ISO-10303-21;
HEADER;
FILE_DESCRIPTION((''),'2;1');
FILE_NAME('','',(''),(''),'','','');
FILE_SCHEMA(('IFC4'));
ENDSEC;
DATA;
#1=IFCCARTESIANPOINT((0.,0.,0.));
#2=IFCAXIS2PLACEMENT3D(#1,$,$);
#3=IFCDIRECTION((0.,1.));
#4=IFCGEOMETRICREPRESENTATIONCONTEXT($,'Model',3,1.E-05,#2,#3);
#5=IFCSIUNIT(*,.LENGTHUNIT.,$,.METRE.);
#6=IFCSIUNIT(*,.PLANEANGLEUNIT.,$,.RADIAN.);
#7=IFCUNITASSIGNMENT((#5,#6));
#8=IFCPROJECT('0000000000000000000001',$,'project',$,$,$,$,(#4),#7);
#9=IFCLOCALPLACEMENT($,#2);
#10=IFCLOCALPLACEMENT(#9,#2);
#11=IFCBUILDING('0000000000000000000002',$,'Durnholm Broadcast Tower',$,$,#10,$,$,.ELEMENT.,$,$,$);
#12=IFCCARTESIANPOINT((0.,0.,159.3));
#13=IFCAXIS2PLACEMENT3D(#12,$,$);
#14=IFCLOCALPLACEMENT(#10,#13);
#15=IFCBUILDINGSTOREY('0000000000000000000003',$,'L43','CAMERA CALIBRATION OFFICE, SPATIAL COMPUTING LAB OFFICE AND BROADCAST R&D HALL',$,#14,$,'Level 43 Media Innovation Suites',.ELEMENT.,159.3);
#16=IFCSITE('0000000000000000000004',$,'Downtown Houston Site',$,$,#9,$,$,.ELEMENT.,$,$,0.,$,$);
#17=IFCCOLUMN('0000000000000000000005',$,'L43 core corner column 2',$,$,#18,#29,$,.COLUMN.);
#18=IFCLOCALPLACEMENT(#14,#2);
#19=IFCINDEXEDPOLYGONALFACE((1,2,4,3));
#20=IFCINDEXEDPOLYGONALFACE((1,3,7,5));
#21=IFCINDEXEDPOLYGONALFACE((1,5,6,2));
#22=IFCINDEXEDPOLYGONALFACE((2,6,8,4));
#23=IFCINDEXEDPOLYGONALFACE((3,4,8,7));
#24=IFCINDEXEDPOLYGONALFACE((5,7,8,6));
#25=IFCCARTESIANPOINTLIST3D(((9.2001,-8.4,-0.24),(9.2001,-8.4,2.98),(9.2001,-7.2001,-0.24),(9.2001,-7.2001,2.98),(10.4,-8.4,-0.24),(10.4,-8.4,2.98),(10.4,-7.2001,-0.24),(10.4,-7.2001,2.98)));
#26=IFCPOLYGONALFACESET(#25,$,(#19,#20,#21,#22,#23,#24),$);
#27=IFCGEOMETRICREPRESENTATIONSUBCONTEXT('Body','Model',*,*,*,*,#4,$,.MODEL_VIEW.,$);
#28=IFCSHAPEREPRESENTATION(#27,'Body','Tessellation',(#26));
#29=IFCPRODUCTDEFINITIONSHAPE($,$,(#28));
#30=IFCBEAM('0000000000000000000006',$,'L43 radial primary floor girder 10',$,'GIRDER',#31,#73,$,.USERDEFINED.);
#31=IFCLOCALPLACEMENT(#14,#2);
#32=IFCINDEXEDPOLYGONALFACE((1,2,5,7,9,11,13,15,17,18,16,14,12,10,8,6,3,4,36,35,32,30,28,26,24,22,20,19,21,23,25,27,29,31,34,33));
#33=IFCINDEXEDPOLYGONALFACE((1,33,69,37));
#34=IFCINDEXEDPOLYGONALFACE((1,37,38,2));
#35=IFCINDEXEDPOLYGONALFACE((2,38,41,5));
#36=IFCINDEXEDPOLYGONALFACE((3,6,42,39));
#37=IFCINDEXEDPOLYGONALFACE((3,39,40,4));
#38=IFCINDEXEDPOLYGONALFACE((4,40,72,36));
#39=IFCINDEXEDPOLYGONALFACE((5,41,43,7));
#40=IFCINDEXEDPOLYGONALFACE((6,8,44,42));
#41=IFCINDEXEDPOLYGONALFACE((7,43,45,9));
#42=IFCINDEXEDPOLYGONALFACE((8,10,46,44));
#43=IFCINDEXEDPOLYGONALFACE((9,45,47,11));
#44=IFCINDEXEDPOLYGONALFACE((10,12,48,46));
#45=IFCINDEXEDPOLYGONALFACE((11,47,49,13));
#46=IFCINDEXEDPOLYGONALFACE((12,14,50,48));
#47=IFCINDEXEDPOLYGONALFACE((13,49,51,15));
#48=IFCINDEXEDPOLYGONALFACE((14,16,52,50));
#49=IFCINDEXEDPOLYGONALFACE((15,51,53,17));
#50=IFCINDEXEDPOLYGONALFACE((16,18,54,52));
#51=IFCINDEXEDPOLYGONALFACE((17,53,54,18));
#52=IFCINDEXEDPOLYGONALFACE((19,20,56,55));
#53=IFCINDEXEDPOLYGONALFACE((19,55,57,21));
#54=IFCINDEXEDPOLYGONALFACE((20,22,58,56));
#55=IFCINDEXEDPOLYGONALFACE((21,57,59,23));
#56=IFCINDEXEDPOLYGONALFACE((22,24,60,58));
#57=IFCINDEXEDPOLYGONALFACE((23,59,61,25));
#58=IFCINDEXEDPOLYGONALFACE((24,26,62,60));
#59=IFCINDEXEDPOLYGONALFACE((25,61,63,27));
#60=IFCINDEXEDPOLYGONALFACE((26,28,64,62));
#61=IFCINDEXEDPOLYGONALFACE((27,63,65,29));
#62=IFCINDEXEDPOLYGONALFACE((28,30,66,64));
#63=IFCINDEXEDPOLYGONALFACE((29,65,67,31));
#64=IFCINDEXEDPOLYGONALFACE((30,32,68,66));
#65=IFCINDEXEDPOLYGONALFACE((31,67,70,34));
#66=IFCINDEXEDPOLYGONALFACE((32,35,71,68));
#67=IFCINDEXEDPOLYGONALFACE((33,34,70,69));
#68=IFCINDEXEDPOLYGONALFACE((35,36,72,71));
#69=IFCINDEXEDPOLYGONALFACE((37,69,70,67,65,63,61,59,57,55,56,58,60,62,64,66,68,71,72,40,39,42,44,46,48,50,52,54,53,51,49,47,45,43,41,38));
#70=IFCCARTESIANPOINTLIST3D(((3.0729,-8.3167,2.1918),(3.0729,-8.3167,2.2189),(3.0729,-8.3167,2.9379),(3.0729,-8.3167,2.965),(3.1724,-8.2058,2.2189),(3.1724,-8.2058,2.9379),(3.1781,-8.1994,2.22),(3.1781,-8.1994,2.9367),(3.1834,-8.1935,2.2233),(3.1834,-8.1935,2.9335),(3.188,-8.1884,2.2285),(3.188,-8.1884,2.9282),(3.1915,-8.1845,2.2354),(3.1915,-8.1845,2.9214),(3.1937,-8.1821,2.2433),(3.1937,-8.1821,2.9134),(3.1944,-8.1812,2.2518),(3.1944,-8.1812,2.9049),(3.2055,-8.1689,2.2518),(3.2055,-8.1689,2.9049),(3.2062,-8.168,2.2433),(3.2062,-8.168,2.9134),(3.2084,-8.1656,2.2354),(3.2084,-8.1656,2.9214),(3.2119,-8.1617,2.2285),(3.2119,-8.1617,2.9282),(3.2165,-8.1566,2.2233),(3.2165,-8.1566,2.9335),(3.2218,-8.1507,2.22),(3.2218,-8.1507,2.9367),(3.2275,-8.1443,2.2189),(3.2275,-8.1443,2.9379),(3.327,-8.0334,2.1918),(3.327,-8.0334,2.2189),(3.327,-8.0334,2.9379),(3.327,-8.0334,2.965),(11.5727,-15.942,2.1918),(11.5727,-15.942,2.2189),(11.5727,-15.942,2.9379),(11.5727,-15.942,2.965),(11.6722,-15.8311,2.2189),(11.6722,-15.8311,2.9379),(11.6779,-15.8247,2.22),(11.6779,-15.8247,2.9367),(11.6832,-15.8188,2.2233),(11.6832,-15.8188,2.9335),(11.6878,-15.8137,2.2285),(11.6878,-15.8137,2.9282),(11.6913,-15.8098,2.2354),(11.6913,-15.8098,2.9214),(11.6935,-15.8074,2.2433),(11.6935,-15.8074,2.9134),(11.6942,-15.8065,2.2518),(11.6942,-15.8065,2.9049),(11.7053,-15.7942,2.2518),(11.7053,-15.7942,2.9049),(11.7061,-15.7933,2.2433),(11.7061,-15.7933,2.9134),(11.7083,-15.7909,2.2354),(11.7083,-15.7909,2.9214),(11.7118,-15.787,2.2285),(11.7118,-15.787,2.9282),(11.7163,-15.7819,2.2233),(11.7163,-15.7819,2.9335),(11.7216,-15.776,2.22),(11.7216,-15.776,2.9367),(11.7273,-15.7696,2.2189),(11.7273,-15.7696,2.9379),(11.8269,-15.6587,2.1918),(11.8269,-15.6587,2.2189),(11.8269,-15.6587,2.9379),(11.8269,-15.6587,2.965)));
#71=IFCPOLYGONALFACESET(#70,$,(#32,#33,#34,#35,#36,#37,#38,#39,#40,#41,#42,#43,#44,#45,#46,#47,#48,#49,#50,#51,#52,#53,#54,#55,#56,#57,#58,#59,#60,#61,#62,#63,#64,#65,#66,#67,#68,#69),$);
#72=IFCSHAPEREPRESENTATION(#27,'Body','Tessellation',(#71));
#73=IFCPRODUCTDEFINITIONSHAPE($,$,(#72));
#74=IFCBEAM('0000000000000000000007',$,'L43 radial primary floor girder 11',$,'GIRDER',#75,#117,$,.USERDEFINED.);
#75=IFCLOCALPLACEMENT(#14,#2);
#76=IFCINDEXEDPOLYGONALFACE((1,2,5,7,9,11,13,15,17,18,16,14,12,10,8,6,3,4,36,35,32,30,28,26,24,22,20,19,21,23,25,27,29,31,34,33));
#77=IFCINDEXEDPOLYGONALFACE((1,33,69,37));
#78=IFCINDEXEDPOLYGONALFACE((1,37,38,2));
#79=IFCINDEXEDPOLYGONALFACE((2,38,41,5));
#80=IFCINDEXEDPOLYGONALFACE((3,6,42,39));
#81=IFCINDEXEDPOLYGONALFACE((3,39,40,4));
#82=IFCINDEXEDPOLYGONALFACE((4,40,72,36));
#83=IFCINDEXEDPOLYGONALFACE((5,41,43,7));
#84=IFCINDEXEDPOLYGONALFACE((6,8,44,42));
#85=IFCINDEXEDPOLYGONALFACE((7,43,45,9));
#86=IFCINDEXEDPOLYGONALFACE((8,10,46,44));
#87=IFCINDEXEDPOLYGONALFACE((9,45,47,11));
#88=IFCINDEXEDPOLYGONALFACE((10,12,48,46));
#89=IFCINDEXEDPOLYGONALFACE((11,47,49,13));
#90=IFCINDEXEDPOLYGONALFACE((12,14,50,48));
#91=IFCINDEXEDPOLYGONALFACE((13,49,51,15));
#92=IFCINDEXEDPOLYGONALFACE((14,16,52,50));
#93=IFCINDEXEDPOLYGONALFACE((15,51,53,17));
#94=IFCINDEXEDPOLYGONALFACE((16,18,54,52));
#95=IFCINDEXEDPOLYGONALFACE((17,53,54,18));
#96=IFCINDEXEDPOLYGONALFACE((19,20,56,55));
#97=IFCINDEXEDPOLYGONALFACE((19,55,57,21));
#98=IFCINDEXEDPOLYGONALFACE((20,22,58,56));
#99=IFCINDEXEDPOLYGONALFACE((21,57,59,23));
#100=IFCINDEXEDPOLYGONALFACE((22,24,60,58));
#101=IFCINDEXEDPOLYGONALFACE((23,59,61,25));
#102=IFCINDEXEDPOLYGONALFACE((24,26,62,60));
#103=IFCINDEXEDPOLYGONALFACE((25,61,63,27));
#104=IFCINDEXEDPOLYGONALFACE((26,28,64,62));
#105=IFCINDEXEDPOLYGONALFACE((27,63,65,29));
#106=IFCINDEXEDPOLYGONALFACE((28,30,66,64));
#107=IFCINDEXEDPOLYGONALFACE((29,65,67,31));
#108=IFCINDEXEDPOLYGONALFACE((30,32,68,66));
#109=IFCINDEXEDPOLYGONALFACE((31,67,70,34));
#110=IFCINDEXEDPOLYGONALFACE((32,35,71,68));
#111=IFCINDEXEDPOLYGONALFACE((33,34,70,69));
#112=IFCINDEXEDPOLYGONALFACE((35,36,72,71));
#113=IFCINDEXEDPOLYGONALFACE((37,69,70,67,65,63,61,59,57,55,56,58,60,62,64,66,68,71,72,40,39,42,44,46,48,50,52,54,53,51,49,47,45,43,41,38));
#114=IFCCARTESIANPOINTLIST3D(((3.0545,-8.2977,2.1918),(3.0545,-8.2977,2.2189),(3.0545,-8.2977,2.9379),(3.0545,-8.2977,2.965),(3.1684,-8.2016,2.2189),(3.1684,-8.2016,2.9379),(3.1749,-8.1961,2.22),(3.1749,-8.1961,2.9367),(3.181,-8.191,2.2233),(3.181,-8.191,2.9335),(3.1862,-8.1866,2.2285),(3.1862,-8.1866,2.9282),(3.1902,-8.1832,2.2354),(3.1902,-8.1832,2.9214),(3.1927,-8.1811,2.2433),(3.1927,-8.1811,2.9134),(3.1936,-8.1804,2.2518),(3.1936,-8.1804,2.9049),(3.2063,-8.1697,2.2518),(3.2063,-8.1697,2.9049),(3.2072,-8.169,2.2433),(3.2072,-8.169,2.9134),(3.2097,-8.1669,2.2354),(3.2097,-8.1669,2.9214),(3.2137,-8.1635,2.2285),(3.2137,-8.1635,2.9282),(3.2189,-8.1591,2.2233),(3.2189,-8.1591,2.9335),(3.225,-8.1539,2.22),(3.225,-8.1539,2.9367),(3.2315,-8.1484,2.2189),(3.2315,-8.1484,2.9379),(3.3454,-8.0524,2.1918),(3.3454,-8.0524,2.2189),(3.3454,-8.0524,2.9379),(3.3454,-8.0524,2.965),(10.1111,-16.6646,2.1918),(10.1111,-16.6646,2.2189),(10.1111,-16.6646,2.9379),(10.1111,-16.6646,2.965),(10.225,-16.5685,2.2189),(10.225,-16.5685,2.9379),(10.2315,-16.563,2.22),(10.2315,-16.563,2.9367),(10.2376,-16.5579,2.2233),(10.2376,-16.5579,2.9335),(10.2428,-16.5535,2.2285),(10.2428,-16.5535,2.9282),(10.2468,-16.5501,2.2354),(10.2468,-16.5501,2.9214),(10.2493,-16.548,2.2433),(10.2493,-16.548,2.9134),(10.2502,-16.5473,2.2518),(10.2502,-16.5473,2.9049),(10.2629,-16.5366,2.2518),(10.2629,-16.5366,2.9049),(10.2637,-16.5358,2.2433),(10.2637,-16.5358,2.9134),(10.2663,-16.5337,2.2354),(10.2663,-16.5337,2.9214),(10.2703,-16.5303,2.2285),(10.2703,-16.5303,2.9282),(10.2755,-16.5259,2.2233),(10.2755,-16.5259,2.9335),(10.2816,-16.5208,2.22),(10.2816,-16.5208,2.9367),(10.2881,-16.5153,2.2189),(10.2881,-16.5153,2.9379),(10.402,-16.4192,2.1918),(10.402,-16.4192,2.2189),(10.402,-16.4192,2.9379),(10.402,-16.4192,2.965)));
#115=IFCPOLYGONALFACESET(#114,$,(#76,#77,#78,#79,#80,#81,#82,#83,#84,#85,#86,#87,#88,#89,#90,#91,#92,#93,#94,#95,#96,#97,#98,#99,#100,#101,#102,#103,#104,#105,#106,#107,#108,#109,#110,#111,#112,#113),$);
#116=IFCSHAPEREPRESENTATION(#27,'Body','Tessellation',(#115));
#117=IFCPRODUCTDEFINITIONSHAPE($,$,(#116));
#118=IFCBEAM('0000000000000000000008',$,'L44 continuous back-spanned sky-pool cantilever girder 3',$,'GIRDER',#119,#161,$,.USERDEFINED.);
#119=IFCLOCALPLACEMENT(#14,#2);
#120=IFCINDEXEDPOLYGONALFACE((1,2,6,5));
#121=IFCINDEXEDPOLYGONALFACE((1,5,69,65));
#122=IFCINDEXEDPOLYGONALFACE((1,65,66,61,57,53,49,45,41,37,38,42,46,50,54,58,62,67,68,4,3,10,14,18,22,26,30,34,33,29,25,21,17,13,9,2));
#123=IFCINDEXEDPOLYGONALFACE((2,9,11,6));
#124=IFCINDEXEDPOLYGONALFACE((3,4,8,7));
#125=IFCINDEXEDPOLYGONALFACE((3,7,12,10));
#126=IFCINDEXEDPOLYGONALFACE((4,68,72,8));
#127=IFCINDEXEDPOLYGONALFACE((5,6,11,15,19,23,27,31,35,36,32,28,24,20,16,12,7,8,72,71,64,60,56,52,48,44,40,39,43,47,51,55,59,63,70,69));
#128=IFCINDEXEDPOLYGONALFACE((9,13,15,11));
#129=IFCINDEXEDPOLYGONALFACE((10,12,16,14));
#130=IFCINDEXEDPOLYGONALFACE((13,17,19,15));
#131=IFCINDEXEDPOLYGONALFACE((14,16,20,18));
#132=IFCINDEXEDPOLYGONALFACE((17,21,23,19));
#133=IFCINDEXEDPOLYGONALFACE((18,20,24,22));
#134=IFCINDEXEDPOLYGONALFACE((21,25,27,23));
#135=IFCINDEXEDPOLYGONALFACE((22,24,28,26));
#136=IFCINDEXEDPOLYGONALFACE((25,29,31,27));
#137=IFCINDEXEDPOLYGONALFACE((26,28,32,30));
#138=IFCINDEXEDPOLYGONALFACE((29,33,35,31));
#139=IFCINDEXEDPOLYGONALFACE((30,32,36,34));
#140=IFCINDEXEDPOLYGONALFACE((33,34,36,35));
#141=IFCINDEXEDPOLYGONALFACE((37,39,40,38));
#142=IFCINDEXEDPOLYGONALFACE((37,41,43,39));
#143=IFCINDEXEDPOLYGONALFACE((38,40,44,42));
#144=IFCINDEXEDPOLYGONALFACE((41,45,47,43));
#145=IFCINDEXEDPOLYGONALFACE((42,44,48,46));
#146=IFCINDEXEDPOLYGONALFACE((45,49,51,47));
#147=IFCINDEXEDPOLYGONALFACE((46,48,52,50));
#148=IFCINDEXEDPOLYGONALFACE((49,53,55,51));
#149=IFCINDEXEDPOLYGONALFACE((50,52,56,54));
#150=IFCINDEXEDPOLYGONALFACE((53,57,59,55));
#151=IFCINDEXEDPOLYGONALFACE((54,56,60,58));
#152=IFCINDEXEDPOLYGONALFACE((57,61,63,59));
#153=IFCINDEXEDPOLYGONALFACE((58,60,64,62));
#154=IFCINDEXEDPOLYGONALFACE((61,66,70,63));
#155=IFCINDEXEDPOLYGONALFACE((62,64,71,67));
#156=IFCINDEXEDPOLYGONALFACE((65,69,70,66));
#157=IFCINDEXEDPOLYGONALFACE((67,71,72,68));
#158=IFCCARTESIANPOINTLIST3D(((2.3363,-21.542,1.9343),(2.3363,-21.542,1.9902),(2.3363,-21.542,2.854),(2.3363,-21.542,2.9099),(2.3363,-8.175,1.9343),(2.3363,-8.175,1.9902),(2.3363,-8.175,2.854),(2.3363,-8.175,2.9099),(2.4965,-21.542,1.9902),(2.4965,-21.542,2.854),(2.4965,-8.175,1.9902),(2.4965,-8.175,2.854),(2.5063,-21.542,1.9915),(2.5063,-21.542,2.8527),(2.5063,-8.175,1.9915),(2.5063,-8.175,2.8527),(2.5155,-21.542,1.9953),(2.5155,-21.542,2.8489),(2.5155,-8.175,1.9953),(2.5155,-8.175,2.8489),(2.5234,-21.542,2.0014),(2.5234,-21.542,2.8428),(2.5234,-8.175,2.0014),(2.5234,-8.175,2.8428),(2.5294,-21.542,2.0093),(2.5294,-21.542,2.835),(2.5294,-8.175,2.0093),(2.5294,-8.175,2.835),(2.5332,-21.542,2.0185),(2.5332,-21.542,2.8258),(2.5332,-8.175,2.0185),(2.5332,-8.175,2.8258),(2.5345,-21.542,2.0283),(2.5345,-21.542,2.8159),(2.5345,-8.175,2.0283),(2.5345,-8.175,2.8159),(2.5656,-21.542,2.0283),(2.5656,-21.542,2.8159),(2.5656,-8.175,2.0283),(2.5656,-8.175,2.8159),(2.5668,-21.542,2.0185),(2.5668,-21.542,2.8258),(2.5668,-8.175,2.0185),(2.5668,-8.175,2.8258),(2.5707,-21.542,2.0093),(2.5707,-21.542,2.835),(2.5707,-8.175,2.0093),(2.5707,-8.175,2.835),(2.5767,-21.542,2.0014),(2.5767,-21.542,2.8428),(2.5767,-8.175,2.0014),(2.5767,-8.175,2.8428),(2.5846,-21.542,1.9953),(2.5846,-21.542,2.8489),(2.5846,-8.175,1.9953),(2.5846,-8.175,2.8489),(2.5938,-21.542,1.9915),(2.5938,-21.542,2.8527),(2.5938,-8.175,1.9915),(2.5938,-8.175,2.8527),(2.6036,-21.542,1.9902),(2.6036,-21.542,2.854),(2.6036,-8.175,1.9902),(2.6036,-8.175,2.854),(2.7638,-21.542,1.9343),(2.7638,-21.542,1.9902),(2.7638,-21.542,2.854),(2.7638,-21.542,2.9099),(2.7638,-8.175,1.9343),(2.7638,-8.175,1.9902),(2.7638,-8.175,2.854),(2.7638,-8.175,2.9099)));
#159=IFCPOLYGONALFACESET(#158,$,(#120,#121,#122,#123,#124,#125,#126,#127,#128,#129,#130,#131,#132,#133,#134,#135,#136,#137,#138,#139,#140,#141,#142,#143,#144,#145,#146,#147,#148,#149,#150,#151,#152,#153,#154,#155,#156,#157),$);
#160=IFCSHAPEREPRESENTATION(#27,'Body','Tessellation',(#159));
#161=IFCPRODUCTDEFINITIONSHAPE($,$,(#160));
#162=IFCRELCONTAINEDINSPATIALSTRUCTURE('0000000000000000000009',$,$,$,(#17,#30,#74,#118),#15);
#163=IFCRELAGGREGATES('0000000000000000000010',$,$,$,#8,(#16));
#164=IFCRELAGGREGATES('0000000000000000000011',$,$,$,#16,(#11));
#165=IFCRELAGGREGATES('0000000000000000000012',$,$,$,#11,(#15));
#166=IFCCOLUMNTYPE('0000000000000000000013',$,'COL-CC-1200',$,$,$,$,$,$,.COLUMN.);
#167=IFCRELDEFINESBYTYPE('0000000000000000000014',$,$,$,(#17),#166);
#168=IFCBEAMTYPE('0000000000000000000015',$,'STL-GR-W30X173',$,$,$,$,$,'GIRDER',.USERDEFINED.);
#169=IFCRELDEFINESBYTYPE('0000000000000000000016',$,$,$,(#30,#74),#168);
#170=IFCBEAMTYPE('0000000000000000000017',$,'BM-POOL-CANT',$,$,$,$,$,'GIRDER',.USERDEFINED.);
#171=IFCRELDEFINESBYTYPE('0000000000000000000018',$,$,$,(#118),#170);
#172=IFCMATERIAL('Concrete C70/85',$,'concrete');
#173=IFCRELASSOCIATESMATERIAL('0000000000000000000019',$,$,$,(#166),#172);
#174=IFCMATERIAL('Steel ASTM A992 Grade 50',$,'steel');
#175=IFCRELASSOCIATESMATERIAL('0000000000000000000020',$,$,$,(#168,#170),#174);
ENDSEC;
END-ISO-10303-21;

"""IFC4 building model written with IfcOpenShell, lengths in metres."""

from ifc_helpers import new_model, si_unit, direction, frame, origin, origin_2d, place, context, subcontext, project, spatial, rectangle, i_section, extrude, source, transform, mapped, material, material_profile, profile_set, type_object, type_shapes, element, save


model = new_model("IFC4")

# Units and contexts
model_context = context("Model", 3, precision=1e-05, world=origin(), true_north=direction((0.0, 1.0)))
body_context = subcontext(model_context, "Body", "Model", "MODEL_VIEW")
ifc_project = project(units=[si_unit("LENGTHUNIT", "METRE"), si_unit("PLANEANGLEUNIT", "RADIAN")], contexts=[model_context])

# Site, building, storey
site_placement = place(None, origin())
site = spatial("IfcSite", under=ifc_project, at=site_placement, Name="Downtown Houston Site", CompositionType="ELEMENT", RefElevation=0.0)
building_placement = place(site_placement, origin())
building = spatial("IfcBuilding", under=site, at=building_placement, Name="Durnholm Broadcast Tower", CompositionType="ELEMENT")
storey_placement = place(building_placement, frame((0.0, 0.0, 159.3)))
storey = spatial("IfcBuildingStorey", under=building, at=storey_placement, Name="L43", Description="CAMERA CALIBRATION OFFICE, SPATIAL COMPUTING LAB OFFICE AND BROADCAST R&D HALL", LongName="Level 43 Media Innovation Suites", CompositionType="ELEMENT", Elevation=159.3)

# Column
ifc_material_1 = material(Name="Concrete C70/85", Category="concrete")
ifc_material_profile_1 = material_profile(ifc_material_1, rectangle(XDim=1.2, YDim=1.2, at=origin_2d()), Name="RC1200X1200")
ifc_profile_set_1 = profile_set([ifc_material_profile_1], Name="Concrete C70/85")
column_type = type_object("IfcColumnType", Name="COL-CC-1200", PredefinedType="COLUMN", material=ifc_profile_set_1)
shared_shape_1 = source(origin(), body_context, "Body", "SweptSolid", [
    extrude(rectangle(XDim=1.2, YDim=1.2, at=origin_2d()), origin(), (0.0, 0.0, 1.0), 3.22),
])
type_shapes(column_type, [shared_shape_1])
column_placement = place(storey_placement, frame((9.8, -7.8, -0.24), z_axis=(0.0, 0.0, 1.0), x_axis=(1.0, 0.0, 0.0)))
element("IfcColumn", 1, at=column_placement, inside=storey, type_object=column_type, Name="L43 core corner column 2", PredefinedType="COLUMN", context=body_context, shape_type="MappedRepresentation", body=[
    mapped(shared_shape_1, transform((0.0, 0.0, 0.0), x_axis=(1.0, 0.0, 0.0), y_axis=(0.0, 1.0, 0.0), z_axis=(0.0, 0.0, 1.0), scale=1.0)),
])

# Beams
ifc_material_2 = material(Name="Steel ASTM A992 Grade 50", Category="steel")
ifc_material_profile_2 = material_profile(ifc_material_2, i_section(OverallWidth=0.3806, OverallDepth=0.7732, WebThickness=0.0166, FlangeThickness=0.0271, FilletRadius=0.033, at=origin_2d()), Name="W30X173")
ifc_profile_set_2 = profile_set([ifc_material_profile_2], Name="Steel ASTM A992 Grade 50")
beam_type_1 = type_object("IfcBeamType", Name="STL-GR-W30X173", ElementType="GIRDER", PredefinedType="USERDEFINED", material=ifc_profile_set_2)
shared_shape_2 = source(origin(), body_context, "Body", "SweptSolid", [
    extrude(i_section(OverallWidth=0.3806, OverallDepth=0.7732, WebThickness=0.0166, FlangeThickness=0.0271, FilletRadius=0.033, at=origin_2d()), origin(), (0.0, 0.0, 1.0), 11.4189),
])
beam_1_placement = place(storey_placement, frame((3.2, -8.175, 2.5784), z_axis=(0.744362, -0.667777, 0.0), x_axis=(0.667777, 0.744362, 0.0)))
element("IfcBeam", 2, at=beam_1_placement, inside=storey, type_object=beam_type_1, Name="L43 radial primary floor girder 10", ObjectType="GIRDER", PredefinedType="USERDEFINED", context=body_context, shape_type="MappedRepresentation", body=[
    mapped(shared_shape_2, transform((0.0, 0.0, 0.0), x_axis=(1.0, 0.0, 0.0), y_axis=(0.0, 1.0, 0.0), z_axis=(0.0, 0.0, 1.0), scale=1.0)),
])
shared_shape_3 = source(origin(), body_context, "Body", "SweptSolid", [
    extrude(i_section(OverallWidth=0.3806, OverallDepth=0.7732, WebThickness=0.0166, FlangeThickness=0.0271, FilletRadius=0.033, at=origin_2d()), origin(), (0.0, 0.0, 1.0), 10.9453),
])
type_shapes(beam_type_1, [shared_shape_2, shared_shape_3])
beam_2_placement = place(storey_placement, frame((3.2, -8.175, 2.5784), z_axis=(0.644713, -0.764425, 0.0), x_axis=(0.764425, 0.644713, 0.0)))
element("IfcBeam", 3, at=beam_2_placement, inside=storey, type_object=beam_type_1, Name="L43 radial primary floor girder 11", ObjectType="GIRDER", PredefinedType="USERDEFINED", context=body_context, shape_type="MappedRepresentation", body=[
    mapped(shared_shape_3, transform((0.0, 0.0, 0.0), x_axis=(1.0, 0.0, 0.0), y_axis=(0.0, 1.0, 0.0), z_axis=(0.0, 0.0, 1.0), scale=1.0)),
])
ifc_material_profile_3 = material_profile(ifc_material_2, i_section(OverallWidth=0.4275, OverallDepth=0.9756, WebThickness=0.031, FlangeThickness=0.0559, FilletRadius=0.0381, at=origin_2d()), Name="W36X395")
ifc_profile_set_3 = profile_set([ifc_material_profile_3], Name="Steel ASTM A992 Grade 50")
beam_type_2 = type_object("IfcBeamType", Name="BM-POOL-CANT", ElementType="GIRDER", PredefinedType="USERDEFINED", material=ifc_profile_set_3)
shared_shape_4 = source(origin(), body_context, "Body", "SweptSolid", [
    extrude(i_section(OverallWidth=0.4275, OverallDepth=0.9756, WebThickness=0.031, FlangeThickness=0.0559, FilletRadius=0.0381, at=origin_2d()), origin(), (0.0, 0.0, 1.0), 13.3669),
])
type_shapes(beam_type_2, [shared_shape_4])
for number, where, z_axis, x_axis, name in (
    (4, (2.55, -8.175, 2.4221), (0.0, -1.0, 0.0), (1.0, 0.0, 0.0), "L44 continuous back-spanned sky-pool cantilever girder 3"),
):
    element("IfcBeam", number, at=place(storey_placement, frame(where, z_axis=z_axis, x_axis=x_axis)), inside=storey, type_object=beam_type_2, Name=name, ObjectType="GIRDER", PredefinedType="USERDEFINED", context=body_context, shape_type="MappedRepresentation", body=[
        mapped(shared_shape_4, transform((0.0, 0.0, 0.0), x_axis=(1.0, 0.0, 0.0), y_axis=(0.0, 1.0, 0.0), z_axis=(0.0, 0.0, 1.0), scale=1.0)),
    ])

save(model, "model.ifc")
